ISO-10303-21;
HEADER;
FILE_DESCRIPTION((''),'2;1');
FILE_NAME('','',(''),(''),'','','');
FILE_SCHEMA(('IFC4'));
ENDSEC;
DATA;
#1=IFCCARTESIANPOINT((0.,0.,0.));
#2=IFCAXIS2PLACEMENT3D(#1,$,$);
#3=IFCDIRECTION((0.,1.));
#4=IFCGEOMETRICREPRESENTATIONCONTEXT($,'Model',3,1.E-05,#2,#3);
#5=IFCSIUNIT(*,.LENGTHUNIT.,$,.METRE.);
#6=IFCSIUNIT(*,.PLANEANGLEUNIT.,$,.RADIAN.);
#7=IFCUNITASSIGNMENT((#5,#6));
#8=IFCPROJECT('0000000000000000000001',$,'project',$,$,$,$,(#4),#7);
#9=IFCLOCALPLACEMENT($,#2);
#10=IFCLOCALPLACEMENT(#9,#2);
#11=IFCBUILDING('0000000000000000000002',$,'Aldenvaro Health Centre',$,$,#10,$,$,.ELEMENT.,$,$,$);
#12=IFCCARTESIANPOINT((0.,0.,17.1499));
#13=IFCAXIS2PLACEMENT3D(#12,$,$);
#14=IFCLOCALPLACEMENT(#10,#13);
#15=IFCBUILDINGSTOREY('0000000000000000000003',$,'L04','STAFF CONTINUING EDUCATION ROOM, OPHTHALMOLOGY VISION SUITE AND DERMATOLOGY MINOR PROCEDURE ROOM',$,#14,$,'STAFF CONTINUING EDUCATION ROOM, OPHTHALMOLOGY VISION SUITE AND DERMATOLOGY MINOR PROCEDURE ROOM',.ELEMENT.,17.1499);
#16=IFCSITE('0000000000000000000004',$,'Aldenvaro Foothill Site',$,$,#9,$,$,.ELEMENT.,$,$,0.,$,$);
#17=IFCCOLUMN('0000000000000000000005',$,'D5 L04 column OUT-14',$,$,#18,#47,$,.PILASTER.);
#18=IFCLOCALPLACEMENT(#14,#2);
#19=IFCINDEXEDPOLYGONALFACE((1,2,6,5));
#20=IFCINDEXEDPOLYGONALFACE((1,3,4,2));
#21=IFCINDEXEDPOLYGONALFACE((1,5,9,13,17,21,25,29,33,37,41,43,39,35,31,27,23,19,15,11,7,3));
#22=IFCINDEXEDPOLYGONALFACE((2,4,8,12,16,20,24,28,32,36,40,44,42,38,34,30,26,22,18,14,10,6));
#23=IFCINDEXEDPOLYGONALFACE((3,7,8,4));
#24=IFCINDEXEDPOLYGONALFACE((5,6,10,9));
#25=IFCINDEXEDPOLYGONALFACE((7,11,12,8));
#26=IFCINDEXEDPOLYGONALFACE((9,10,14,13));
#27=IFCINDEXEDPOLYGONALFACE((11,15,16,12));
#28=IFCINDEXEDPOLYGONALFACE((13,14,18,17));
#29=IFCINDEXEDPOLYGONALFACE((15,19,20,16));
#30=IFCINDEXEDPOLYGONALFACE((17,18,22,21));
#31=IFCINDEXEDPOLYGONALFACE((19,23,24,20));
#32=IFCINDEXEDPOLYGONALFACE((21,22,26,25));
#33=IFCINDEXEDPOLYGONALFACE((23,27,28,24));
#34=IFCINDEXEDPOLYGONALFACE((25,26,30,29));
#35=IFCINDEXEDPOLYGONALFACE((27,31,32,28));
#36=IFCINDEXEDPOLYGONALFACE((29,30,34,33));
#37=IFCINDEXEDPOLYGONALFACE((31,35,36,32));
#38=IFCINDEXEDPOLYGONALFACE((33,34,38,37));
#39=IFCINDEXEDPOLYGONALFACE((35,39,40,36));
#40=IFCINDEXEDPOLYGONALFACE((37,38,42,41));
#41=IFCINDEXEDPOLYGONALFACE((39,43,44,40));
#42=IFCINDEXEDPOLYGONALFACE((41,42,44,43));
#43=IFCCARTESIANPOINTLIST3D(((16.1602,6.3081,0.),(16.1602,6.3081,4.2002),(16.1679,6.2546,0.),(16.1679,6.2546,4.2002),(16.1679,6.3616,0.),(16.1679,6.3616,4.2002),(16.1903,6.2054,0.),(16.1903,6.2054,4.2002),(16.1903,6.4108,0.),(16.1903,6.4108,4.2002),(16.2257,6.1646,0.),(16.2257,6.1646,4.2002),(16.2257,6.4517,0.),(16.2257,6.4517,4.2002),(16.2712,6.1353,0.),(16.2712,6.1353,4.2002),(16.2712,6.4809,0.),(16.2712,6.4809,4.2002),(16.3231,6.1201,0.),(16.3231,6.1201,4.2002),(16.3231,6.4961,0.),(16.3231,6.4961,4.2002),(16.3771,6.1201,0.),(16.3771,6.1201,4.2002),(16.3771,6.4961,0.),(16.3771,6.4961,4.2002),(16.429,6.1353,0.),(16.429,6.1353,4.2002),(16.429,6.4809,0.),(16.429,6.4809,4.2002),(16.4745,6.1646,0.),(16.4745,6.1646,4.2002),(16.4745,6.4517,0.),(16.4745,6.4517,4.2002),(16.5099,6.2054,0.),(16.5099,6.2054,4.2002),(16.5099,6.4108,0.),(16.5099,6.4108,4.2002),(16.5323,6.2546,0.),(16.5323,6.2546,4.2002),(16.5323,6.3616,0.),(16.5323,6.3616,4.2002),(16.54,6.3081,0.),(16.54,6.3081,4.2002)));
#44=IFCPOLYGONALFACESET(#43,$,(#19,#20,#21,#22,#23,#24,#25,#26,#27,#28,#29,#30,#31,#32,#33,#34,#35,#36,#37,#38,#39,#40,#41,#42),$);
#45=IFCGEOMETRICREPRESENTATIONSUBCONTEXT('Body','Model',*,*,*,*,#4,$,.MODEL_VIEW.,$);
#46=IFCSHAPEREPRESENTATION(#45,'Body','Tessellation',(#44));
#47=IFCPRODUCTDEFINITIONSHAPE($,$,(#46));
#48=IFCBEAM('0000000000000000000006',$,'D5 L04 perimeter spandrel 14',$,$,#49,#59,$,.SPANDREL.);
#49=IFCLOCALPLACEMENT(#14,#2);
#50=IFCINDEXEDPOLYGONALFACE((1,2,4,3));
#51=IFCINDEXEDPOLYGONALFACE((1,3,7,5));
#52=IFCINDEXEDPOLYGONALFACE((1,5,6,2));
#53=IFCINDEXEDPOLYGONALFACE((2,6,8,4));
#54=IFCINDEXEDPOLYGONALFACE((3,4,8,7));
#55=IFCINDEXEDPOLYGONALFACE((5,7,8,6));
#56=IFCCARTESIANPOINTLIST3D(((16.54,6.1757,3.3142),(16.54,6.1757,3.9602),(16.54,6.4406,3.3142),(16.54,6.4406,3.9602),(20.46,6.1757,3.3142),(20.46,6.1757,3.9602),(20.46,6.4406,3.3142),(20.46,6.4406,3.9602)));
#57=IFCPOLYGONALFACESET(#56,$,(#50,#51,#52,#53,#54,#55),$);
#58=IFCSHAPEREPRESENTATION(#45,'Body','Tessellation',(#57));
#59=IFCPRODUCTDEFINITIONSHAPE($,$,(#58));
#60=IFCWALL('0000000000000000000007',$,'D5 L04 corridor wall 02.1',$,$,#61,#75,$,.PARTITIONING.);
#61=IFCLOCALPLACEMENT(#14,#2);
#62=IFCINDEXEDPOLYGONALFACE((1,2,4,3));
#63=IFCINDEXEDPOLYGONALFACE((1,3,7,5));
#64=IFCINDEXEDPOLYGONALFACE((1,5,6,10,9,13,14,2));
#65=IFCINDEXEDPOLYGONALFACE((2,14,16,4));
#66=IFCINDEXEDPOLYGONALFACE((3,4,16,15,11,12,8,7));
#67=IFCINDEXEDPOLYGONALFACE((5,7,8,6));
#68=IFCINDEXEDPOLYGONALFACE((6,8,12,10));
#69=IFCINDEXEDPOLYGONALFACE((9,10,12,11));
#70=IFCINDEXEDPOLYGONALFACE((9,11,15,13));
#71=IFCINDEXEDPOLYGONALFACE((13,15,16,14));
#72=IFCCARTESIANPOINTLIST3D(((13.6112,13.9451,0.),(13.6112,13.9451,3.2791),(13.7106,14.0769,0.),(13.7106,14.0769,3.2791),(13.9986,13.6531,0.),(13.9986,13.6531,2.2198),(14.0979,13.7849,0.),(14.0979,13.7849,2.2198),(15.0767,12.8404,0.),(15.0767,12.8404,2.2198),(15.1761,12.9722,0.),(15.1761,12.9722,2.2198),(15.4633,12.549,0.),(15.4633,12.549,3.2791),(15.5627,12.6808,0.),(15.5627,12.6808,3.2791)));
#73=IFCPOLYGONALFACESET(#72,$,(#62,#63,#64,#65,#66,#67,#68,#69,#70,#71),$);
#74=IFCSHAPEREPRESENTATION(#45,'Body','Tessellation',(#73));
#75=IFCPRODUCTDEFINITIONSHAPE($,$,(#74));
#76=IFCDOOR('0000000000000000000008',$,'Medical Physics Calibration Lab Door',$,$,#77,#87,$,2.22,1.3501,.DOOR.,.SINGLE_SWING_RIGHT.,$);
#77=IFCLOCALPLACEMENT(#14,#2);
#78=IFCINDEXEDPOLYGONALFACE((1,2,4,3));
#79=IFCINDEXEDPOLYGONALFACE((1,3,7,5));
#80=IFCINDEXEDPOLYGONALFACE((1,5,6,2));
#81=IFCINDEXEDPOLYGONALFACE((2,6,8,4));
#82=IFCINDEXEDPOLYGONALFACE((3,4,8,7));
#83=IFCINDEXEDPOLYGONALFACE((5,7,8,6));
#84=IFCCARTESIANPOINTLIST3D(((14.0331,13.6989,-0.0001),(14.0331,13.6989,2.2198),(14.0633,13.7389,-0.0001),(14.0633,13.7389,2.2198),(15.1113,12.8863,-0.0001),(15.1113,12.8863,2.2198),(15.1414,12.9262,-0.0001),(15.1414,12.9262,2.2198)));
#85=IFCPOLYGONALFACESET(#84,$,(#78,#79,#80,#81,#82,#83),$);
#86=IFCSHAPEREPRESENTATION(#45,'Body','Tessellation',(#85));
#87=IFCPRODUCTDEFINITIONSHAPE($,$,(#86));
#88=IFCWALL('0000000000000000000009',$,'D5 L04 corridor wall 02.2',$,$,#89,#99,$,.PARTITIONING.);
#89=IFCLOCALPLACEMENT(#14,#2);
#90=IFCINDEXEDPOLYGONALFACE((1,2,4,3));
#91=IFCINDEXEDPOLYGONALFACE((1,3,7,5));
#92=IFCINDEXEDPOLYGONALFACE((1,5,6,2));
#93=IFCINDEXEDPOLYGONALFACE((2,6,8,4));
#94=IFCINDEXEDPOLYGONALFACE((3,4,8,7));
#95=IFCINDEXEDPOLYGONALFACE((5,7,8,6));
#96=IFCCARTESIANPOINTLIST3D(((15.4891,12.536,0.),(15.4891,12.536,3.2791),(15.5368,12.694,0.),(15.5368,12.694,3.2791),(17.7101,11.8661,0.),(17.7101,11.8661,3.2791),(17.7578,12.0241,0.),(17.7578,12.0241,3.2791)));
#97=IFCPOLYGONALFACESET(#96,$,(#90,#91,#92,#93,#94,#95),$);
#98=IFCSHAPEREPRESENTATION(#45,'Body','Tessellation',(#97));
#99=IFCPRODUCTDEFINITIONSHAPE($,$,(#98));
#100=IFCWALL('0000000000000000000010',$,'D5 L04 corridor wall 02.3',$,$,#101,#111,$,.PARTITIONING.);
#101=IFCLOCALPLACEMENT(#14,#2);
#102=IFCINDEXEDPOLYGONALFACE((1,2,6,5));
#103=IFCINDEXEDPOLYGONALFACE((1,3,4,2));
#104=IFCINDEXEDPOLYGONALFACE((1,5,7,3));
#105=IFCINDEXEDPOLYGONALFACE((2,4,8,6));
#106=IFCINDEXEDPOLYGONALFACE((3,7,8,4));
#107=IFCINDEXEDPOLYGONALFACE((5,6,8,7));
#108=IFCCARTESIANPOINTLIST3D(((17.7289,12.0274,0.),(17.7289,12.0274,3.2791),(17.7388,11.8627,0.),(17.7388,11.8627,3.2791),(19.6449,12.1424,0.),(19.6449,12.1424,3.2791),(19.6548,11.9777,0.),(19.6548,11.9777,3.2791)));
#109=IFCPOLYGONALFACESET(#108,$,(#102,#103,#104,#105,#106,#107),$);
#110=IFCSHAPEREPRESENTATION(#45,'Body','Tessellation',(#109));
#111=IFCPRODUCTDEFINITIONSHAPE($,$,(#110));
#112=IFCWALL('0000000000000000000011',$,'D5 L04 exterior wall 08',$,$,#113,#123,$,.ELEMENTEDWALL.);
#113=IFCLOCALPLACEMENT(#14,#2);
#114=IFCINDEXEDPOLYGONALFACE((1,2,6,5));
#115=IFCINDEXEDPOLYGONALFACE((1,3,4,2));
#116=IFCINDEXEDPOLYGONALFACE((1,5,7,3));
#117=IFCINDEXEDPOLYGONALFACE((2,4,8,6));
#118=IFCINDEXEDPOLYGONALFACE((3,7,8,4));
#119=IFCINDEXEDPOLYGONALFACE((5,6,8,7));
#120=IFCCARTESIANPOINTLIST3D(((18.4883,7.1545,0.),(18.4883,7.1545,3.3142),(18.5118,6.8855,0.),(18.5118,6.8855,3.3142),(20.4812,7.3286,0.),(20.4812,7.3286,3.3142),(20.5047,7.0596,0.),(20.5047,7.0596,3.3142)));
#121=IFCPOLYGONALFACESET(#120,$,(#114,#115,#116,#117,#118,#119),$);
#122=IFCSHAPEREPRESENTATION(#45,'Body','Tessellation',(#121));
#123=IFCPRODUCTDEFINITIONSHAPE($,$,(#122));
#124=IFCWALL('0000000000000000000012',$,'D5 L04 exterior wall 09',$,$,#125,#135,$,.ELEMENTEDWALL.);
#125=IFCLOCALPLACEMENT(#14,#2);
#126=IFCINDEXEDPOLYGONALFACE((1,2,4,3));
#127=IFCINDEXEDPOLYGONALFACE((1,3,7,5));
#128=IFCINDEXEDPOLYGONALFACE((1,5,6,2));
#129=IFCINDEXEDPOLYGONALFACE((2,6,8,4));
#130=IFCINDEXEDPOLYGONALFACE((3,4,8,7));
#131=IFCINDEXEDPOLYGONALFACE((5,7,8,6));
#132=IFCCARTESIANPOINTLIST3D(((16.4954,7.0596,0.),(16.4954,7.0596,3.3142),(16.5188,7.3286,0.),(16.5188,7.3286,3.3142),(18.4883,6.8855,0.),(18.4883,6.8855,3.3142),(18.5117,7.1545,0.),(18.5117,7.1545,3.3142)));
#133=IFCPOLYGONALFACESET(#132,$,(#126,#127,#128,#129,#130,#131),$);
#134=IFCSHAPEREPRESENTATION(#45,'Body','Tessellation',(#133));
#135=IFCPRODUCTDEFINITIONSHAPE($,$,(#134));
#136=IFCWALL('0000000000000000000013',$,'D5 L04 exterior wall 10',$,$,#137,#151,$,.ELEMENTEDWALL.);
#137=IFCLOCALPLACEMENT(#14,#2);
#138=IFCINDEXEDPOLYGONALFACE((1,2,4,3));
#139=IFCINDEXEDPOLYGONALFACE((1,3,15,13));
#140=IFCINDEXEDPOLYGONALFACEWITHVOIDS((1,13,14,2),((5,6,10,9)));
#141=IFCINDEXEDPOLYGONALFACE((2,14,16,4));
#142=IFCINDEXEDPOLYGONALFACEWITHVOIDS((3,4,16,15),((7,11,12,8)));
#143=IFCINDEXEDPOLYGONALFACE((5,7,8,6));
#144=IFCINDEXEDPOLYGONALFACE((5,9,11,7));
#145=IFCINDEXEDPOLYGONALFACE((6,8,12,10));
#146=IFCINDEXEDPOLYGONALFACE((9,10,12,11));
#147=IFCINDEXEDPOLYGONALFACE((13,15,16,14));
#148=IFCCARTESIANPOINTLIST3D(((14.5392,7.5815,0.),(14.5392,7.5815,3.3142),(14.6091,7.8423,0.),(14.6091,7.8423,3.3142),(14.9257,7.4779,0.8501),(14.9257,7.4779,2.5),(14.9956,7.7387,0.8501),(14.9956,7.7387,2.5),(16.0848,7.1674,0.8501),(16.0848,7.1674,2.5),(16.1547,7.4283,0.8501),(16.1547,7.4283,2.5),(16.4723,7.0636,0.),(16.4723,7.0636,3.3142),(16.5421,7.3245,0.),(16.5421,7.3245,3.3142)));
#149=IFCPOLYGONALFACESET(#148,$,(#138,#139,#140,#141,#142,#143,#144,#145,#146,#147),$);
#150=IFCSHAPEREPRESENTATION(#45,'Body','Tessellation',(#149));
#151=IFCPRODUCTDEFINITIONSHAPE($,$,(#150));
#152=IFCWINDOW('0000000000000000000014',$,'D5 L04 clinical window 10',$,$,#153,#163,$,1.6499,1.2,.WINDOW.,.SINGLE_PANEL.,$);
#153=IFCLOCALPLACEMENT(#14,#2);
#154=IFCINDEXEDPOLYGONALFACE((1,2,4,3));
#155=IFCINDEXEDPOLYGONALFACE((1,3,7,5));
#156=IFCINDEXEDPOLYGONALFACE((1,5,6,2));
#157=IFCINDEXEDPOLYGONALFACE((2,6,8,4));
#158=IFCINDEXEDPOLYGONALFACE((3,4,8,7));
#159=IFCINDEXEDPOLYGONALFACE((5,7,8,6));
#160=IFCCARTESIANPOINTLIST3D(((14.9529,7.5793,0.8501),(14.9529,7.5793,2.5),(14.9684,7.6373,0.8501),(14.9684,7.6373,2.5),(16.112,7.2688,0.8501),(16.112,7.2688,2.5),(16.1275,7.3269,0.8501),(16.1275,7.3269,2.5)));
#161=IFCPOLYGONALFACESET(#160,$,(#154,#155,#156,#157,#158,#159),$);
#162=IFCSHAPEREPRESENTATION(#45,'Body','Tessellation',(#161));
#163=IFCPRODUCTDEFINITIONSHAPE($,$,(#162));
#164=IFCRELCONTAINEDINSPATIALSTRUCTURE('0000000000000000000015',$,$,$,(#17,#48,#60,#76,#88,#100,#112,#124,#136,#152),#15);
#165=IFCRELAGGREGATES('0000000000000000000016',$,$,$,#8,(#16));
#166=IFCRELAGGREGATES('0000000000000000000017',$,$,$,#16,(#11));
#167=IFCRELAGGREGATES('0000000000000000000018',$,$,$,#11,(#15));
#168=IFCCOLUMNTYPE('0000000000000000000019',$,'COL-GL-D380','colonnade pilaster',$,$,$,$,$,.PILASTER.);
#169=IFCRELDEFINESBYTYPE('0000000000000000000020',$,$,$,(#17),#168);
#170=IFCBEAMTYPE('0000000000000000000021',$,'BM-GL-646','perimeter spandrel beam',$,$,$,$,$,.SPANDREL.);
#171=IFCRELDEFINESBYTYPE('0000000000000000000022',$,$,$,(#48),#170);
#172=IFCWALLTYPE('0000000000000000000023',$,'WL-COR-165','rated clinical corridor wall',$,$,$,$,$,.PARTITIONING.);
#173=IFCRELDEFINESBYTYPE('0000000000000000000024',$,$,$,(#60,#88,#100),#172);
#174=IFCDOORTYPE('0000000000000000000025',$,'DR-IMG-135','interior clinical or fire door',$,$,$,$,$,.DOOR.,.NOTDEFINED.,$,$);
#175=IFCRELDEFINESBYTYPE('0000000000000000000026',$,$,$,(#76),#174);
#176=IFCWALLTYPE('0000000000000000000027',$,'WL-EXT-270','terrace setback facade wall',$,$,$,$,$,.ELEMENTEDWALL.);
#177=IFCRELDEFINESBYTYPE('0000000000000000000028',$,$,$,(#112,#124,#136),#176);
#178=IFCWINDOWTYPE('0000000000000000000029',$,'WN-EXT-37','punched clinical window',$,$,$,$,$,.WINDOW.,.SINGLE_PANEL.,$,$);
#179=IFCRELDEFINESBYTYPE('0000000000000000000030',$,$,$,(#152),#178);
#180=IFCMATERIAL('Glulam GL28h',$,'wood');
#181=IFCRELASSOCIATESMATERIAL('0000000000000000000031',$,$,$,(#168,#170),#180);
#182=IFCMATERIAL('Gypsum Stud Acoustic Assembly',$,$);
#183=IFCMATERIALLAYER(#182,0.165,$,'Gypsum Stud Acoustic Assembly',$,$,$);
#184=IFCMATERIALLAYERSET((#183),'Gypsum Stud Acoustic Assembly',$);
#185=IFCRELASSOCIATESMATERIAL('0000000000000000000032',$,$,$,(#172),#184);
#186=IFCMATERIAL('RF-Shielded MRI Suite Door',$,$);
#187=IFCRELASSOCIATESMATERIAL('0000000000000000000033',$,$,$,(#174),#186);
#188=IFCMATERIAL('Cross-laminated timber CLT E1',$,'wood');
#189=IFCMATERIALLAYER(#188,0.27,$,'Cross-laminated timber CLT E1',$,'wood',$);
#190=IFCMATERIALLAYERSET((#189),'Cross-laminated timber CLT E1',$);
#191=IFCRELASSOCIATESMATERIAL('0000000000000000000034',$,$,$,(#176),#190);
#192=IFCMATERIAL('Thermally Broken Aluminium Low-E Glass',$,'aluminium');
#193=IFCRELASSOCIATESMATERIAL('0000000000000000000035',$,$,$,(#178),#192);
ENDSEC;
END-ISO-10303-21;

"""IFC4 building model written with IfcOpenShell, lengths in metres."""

from ifc_helpers import new_model, si_unit, direction, frame, frame_2d, origin, origin_2d, place, context, subcontext, project, spatial, rectangle, circle, extrude, material, layer, layer_set, material_profile, profile_set, type_object, element, fill, save


model = new_model("IFC4")

# Units and contexts
model_context = context("Model", 3, precision=1e-05, world=origin(), true_north=direction((0.0, 1.0)))
body_context = subcontext(model_context, "Body", "Model", "MODEL_VIEW")
ifc_project = project(units=[si_unit("LENGTHUNIT", "METRE"), si_unit("PLANEANGLEUNIT", "RADIAN")], contexts=[model_context])

# Site, building, storey
site_placement = place(None, origin())
site = spatial("IfcSite", under=ifc_project, at=site_placement, Name="Aldenvaro Foothill Site", CompositionType="ELEMENT", RefElevation=0.0)
building_placement = place(site_placement, origin())
building = spatial("IfcBuilding", under=site, at=building_placement, Name="Aldenvaro Health Centre", CompositionType="ELEMENT")
storey_placement = place(building_placement, frame((0.0, 0.0, 17.1499)))
storey = spatial("IfcBuildingStorey", under=building, at=storey_placement, Name="L04", Description="STAFF CONTINUING EDUCATION ROOM, OPHTHALMOLOGY VISION SUITE AND DERMATOLOGY MINOR PROCEDURE ROOM", LongName="STAFF CONTINUING EDUCATION ROOM, OPHTHALMOLOGY VISION SUITE AND DERMATOLOGY MINOR PROCEDURE ROOM", CompositionType="ELEMENT", Elevation=17.1499)

# Column
ifc_material_1 = material(Name="Glulam GL28h", Category="wood")
ifc_material_profile_1 = material_profile(ifc_material_1, circle(Radius=0.1899, at=origin_2d()), Name="GL D380", Category="wood")
ifc_profile_set_1 = profile_set([ifc_material_profile_1], Name="Glulam GL28h")
column_type = type_object("IfcColumnType", Name="COL-GL-D380", Description="colonnade pilaster", PredefinedType="PILASTER", material=ifc_profile_set_1)
column_placement = place(storey_placement, frame((16.3501, 6.3081, 0.0), z_axis=(0.0, 0.0, 1.0), x_axis=(1.0, 0.0, 0.0)))
element("IfcColumn", 1, at=column_placement, inside=storey, type_object=column_type, Name="D5 L04 column OUT-14", PredefinedType="PILASTER", context=body_context, shape_type="SweptSolid", body=[
    extrude(circle(Radius=0.1899, at=origin_2d()), origin(), (0.0, 0.0, 1.0), 4.2002),
])

# Beam
ifc_material_profile_2 = material_profile(ifc_material_1, rectangle(XDim=0.2649, YDim=0.646, at=origin_2d()), Name="GL 265x646", Category="wood")
ifc_profile_set_2 = profile_set([ifc_material_profile_2], Name="Glulam GL28h")
beam_type = type_object("IfcBeamType", Name="BM-GL-646", Description="perimeter spandrel beam", PredefinedType="SPANDREL", material=ifc_profile_set_2)
beam_placement = place(storey_placement, frame((16.54, 6.3081, 3.6372), z_axis=(1.0, 0.0, 0.0), x_axis=(0.0, 1.0, 0.0)))
element("IfcBeam", 2, at=beam_placement, inside=storey, type_object=beam_type, Name="D5 L04 perimeter spandrel 14", PredefinedType="SPANDREL", context=body_context, shape_type="SweptSolid", body=[
    extrude(rectangle(XDim=0.2649, YDim=0.646, at=origin_2d()), origin(), (0.0, 0.0, 1.0), 3.9199),
])

# Wall, opening, door
ifc_material_2 = material(Name="Gypsum Stud Acoustic Assembly")
ifc_layer_1 = layer(ifc_material_2, 0.165, Name="Gypsum Stud Acoustic Assembly")
ifc_layer_set_1 = layer_set([ifc_layer_1], Name="Gypsum Stud Acoustic Assembly")
wall_type_1 = type_object("IfcWallType", Name="WL-COR-165", Description="rated clinical corridor wall", PredefinedType="PARTITIONING", material=ifc_layer_set_1)
wall_1_placement = place(storey_placement, frame((13.6609, 14.011, 0.0), z_axis=(0.0, 0.0, 1.0), x_axis=(0.798558, -0.601918, 0.0)))
wall_1 = element("IfcWall", 3, at=wall_1_placement, inside=storey, type_object=wall_type_1, Name="D5 L04 corridor wall 02.1", PredefinedType="PARTITIONING", context=body_context, shape_type="SweptSolid", body=[
    extrude(rectangle(XDim=2.3193, YDim=0.165, at=frame_2d((1.1597, 0.0))), origin(), (0.0, 0.0, 1.0), 3.2791),
])
opening_1_placement = place(wall_1_placement, frame((0.4851, 0.0, 0.0)))
opening_1 = element("IfcOpeningElement", 4, at=opening_1_placement, cuts=wall_1, PredefinedType="OPENING", context=body_context, shape_type="SweptSolid", body=[
    extrude(rectangle(XDim=1.3501, YDim=2.22, at=frame_2d((0.675, 1.1099))), frame((0.0, 0.0925, 0.0), z_axis=(0.0, -1.0, 0.0), x_axis=(1.0, 0.0, 0.0)), (0.0, 0.0, 1.0), 0.1851),
])
ifc_material_3 = material(Name="RF-Shielded MRI Suite Door")
door_type = type_object("IfcDoorType", Name="DR-IMG-135", Description="interior clinical or fire door", OperationType="NOTDEFINED", PredefinedType="DOOR", material=ifc_material_3)
door_placement = place(opening_1_placement, origin())
door = element("IfcDoor", 5, at=door_placement, inside=storey, type_object=door_type, Name="Medical Physics Calibration Lab Door", OperationType="SINGLE_SWING_RIGHT", OverallHeight=2.22, OverallWidth=1.3501, PredefinedType="DOOR", context=body_context, shape_type="SweptSolid", body=[
    extrude(rectangle(XDim=1.3501, YDim=2.22, at=frame_2d((0.675, 1.1099))), frame((0.0, 0.0249, 0.0), z_axis=(0.0, -1.0, 0.0), x_axis=(1.0, 0.0, 0.0)), (0.0, 0.0, 1.0), 0.05),
])
fill(opening_1, door)

# Walls
wall_2_placement = place(storey_placement, frame((15.5129, 12.615, 0.0), z_axis=(0.0, 0.0, 1.0), x_axis=(0.957394, -0.288786, 0.0)))
element("IfcWall", 6, at=wall_2_placement, inside=storey, type_object=wall_type_1, Name="D5 L04 corridor wall 02.2", PredefinedType="PARTITIONING", context=body_context, shape_type="SweptSolid", body=[
    extrude(rectangle(XDim=2.3198, YDim=0.165, at=frame_2d((1.1599, 0.0))), origin(), (0.0, 0.0, 1.0), 3.2791),
])
wall_3_placement = place(storey_placement, frame((17.7339, 11.9451, 0.0), z_axis=(0.0, 0.0, 1.0), x_axis=(0.998204, 0.059907, 0.0)))
element("IfcWall", 7, at=wall_3_placement, inside=storey, type_object=wall_type_1, Name="D5 L04 corridor wall 02.3", PredefinedType="PARTITIONING", context=body_context, shape_type="SweptSolid", body=[
    extrude(rectangle(XDim=1.9194, YDim=0.165, at=frame_2d((0.9597, 0.0))), origin(), (0.0, 0.0, 1.0), 3.2791),
])
ifc_material_4 = material(Name="Cross-laminated timber CLT E1", Category="wood")
ifc_layer_2 = layer(ifc_material_4, 0.27, Name="Cross-laminated timber CLT E1", Category="wood")
ifc_layer_set_2 = layer_set([ifc_layer_2], Name="Cross-laminated timber CLT E1")
wall_type_2 = type_object("IfcWallType", Name="WL-EXT-270", Description="terrace setback facade wall", PredefinedType="ELEMENTEDWALL", material=ifc_layer_set_2)
for number, where, z_axis, x_axis, name in (
    (8, (20.4929, 7.1941, 0.0), (0.0, 0.0, 1.0), (-0.996207, -0.087014, 0.0), "D5 L04 exterior wall 08"),
    (9, (18.5, 7.02, 0.0), (0.0, 0.0, 1.0), (-0.996207, 0.087014, 0.0), "D5 L04 exterior wall 09"),
):
    element("IfcWall", number, at=place(storey_placement, frame(where, z_axis=z_axis, x_axis=x_axis)), inside=storey, type_object=wall_type_2, Name=name, PredefinedType="ELEMENTEDWALL", context=body_context, shape_type="SweptSolid", body=[
        extrude(rectangle(XDim=2.0005, YDim=0.27, at=frame_2d((1.0002, 0.0))), origin(), (0.0, 0.0, 1.0), 3.3142),
    ])

# Wall, opening, window
wall_4_placement = place(storey_placement, frame((16.5071, 7.1941, 0.0), z_axis=(0.0, 0.0, 1.0), x_axis=(-0.965945, 0.258748, 0.0)))
wall_4 = element("IfcWall", 10, at=wall_4_placement, inside=storey, type_object=wall_type_2, Name="D5 L04 exterior wall 10", PredefinedType="ELEMENTEDWALL", context=body_context, shape_type="SweptSolid", body=[
    extrude(rectangle(XDim=2.0012, YDim=0.27, at=frame_2d((1.0005, 0.0))), origin(), (0.0, 0.0, 1.0), 3.3142),
])
opening_2_placement = place(wall_4_placement, frame((0.4009, 0.0, 0.8501)))
opening_2 = element("IfcOpeningElement", 11, at=opening_2_placement, cuts=wall_4, PredefinedType="OPENING", context=body_context, shape_type="SweptSolid", body=[
    extrude(rectangle(XDim=1.2, YDim=1.6499, at=frame_2d((0.6001, 0.825))), frame((0.0, 0.145, 0.0), z_axis=(0.0, -1.0, 0.0), x_axis=(1.0, 0.0, 0.0)), (0.0, 0.0, 1.0), 0.29),
])
ifc_material_5 = material(Name="Thermally Broken Aluminium Low-E Glass", Category="aluminium")
window_type_1 = type_object("IfcWindowType", Name="WN-EXT-37", Description="punched clinical window", PartitioningType="SINGLE_PANEL", PredefinedType="WINDOW", material=ifc_material_5)
window_1_placement = place(opening_2_placement, origin())
window_1 = element("IfcWindow", 12, at=window_1_placement, inside=storey, type_object=window_type_1, Name="D5 L04 clinical window 10", OverallHeight=1.6499, OverallWidth=1.2, PartitioningType="SINGLE_PANEL", PredefinedType="WINDOW", context=body_context, shape_type="SweptSolid", body=[
    extrude(rectangle(XDim=1.2, YDim=1.6499, at=frame_2d((0.6001, 0.825))), frame((0.0, 0.03, 0.0), z_axis=(0.0, -1.0, 0.0), x_axis=(1.0, 0.0, 0.0)), (0.0, 0.0, 1.0), 0.0601),
])
fill(opening_2, window_1)

save(model, "model.ifc")
